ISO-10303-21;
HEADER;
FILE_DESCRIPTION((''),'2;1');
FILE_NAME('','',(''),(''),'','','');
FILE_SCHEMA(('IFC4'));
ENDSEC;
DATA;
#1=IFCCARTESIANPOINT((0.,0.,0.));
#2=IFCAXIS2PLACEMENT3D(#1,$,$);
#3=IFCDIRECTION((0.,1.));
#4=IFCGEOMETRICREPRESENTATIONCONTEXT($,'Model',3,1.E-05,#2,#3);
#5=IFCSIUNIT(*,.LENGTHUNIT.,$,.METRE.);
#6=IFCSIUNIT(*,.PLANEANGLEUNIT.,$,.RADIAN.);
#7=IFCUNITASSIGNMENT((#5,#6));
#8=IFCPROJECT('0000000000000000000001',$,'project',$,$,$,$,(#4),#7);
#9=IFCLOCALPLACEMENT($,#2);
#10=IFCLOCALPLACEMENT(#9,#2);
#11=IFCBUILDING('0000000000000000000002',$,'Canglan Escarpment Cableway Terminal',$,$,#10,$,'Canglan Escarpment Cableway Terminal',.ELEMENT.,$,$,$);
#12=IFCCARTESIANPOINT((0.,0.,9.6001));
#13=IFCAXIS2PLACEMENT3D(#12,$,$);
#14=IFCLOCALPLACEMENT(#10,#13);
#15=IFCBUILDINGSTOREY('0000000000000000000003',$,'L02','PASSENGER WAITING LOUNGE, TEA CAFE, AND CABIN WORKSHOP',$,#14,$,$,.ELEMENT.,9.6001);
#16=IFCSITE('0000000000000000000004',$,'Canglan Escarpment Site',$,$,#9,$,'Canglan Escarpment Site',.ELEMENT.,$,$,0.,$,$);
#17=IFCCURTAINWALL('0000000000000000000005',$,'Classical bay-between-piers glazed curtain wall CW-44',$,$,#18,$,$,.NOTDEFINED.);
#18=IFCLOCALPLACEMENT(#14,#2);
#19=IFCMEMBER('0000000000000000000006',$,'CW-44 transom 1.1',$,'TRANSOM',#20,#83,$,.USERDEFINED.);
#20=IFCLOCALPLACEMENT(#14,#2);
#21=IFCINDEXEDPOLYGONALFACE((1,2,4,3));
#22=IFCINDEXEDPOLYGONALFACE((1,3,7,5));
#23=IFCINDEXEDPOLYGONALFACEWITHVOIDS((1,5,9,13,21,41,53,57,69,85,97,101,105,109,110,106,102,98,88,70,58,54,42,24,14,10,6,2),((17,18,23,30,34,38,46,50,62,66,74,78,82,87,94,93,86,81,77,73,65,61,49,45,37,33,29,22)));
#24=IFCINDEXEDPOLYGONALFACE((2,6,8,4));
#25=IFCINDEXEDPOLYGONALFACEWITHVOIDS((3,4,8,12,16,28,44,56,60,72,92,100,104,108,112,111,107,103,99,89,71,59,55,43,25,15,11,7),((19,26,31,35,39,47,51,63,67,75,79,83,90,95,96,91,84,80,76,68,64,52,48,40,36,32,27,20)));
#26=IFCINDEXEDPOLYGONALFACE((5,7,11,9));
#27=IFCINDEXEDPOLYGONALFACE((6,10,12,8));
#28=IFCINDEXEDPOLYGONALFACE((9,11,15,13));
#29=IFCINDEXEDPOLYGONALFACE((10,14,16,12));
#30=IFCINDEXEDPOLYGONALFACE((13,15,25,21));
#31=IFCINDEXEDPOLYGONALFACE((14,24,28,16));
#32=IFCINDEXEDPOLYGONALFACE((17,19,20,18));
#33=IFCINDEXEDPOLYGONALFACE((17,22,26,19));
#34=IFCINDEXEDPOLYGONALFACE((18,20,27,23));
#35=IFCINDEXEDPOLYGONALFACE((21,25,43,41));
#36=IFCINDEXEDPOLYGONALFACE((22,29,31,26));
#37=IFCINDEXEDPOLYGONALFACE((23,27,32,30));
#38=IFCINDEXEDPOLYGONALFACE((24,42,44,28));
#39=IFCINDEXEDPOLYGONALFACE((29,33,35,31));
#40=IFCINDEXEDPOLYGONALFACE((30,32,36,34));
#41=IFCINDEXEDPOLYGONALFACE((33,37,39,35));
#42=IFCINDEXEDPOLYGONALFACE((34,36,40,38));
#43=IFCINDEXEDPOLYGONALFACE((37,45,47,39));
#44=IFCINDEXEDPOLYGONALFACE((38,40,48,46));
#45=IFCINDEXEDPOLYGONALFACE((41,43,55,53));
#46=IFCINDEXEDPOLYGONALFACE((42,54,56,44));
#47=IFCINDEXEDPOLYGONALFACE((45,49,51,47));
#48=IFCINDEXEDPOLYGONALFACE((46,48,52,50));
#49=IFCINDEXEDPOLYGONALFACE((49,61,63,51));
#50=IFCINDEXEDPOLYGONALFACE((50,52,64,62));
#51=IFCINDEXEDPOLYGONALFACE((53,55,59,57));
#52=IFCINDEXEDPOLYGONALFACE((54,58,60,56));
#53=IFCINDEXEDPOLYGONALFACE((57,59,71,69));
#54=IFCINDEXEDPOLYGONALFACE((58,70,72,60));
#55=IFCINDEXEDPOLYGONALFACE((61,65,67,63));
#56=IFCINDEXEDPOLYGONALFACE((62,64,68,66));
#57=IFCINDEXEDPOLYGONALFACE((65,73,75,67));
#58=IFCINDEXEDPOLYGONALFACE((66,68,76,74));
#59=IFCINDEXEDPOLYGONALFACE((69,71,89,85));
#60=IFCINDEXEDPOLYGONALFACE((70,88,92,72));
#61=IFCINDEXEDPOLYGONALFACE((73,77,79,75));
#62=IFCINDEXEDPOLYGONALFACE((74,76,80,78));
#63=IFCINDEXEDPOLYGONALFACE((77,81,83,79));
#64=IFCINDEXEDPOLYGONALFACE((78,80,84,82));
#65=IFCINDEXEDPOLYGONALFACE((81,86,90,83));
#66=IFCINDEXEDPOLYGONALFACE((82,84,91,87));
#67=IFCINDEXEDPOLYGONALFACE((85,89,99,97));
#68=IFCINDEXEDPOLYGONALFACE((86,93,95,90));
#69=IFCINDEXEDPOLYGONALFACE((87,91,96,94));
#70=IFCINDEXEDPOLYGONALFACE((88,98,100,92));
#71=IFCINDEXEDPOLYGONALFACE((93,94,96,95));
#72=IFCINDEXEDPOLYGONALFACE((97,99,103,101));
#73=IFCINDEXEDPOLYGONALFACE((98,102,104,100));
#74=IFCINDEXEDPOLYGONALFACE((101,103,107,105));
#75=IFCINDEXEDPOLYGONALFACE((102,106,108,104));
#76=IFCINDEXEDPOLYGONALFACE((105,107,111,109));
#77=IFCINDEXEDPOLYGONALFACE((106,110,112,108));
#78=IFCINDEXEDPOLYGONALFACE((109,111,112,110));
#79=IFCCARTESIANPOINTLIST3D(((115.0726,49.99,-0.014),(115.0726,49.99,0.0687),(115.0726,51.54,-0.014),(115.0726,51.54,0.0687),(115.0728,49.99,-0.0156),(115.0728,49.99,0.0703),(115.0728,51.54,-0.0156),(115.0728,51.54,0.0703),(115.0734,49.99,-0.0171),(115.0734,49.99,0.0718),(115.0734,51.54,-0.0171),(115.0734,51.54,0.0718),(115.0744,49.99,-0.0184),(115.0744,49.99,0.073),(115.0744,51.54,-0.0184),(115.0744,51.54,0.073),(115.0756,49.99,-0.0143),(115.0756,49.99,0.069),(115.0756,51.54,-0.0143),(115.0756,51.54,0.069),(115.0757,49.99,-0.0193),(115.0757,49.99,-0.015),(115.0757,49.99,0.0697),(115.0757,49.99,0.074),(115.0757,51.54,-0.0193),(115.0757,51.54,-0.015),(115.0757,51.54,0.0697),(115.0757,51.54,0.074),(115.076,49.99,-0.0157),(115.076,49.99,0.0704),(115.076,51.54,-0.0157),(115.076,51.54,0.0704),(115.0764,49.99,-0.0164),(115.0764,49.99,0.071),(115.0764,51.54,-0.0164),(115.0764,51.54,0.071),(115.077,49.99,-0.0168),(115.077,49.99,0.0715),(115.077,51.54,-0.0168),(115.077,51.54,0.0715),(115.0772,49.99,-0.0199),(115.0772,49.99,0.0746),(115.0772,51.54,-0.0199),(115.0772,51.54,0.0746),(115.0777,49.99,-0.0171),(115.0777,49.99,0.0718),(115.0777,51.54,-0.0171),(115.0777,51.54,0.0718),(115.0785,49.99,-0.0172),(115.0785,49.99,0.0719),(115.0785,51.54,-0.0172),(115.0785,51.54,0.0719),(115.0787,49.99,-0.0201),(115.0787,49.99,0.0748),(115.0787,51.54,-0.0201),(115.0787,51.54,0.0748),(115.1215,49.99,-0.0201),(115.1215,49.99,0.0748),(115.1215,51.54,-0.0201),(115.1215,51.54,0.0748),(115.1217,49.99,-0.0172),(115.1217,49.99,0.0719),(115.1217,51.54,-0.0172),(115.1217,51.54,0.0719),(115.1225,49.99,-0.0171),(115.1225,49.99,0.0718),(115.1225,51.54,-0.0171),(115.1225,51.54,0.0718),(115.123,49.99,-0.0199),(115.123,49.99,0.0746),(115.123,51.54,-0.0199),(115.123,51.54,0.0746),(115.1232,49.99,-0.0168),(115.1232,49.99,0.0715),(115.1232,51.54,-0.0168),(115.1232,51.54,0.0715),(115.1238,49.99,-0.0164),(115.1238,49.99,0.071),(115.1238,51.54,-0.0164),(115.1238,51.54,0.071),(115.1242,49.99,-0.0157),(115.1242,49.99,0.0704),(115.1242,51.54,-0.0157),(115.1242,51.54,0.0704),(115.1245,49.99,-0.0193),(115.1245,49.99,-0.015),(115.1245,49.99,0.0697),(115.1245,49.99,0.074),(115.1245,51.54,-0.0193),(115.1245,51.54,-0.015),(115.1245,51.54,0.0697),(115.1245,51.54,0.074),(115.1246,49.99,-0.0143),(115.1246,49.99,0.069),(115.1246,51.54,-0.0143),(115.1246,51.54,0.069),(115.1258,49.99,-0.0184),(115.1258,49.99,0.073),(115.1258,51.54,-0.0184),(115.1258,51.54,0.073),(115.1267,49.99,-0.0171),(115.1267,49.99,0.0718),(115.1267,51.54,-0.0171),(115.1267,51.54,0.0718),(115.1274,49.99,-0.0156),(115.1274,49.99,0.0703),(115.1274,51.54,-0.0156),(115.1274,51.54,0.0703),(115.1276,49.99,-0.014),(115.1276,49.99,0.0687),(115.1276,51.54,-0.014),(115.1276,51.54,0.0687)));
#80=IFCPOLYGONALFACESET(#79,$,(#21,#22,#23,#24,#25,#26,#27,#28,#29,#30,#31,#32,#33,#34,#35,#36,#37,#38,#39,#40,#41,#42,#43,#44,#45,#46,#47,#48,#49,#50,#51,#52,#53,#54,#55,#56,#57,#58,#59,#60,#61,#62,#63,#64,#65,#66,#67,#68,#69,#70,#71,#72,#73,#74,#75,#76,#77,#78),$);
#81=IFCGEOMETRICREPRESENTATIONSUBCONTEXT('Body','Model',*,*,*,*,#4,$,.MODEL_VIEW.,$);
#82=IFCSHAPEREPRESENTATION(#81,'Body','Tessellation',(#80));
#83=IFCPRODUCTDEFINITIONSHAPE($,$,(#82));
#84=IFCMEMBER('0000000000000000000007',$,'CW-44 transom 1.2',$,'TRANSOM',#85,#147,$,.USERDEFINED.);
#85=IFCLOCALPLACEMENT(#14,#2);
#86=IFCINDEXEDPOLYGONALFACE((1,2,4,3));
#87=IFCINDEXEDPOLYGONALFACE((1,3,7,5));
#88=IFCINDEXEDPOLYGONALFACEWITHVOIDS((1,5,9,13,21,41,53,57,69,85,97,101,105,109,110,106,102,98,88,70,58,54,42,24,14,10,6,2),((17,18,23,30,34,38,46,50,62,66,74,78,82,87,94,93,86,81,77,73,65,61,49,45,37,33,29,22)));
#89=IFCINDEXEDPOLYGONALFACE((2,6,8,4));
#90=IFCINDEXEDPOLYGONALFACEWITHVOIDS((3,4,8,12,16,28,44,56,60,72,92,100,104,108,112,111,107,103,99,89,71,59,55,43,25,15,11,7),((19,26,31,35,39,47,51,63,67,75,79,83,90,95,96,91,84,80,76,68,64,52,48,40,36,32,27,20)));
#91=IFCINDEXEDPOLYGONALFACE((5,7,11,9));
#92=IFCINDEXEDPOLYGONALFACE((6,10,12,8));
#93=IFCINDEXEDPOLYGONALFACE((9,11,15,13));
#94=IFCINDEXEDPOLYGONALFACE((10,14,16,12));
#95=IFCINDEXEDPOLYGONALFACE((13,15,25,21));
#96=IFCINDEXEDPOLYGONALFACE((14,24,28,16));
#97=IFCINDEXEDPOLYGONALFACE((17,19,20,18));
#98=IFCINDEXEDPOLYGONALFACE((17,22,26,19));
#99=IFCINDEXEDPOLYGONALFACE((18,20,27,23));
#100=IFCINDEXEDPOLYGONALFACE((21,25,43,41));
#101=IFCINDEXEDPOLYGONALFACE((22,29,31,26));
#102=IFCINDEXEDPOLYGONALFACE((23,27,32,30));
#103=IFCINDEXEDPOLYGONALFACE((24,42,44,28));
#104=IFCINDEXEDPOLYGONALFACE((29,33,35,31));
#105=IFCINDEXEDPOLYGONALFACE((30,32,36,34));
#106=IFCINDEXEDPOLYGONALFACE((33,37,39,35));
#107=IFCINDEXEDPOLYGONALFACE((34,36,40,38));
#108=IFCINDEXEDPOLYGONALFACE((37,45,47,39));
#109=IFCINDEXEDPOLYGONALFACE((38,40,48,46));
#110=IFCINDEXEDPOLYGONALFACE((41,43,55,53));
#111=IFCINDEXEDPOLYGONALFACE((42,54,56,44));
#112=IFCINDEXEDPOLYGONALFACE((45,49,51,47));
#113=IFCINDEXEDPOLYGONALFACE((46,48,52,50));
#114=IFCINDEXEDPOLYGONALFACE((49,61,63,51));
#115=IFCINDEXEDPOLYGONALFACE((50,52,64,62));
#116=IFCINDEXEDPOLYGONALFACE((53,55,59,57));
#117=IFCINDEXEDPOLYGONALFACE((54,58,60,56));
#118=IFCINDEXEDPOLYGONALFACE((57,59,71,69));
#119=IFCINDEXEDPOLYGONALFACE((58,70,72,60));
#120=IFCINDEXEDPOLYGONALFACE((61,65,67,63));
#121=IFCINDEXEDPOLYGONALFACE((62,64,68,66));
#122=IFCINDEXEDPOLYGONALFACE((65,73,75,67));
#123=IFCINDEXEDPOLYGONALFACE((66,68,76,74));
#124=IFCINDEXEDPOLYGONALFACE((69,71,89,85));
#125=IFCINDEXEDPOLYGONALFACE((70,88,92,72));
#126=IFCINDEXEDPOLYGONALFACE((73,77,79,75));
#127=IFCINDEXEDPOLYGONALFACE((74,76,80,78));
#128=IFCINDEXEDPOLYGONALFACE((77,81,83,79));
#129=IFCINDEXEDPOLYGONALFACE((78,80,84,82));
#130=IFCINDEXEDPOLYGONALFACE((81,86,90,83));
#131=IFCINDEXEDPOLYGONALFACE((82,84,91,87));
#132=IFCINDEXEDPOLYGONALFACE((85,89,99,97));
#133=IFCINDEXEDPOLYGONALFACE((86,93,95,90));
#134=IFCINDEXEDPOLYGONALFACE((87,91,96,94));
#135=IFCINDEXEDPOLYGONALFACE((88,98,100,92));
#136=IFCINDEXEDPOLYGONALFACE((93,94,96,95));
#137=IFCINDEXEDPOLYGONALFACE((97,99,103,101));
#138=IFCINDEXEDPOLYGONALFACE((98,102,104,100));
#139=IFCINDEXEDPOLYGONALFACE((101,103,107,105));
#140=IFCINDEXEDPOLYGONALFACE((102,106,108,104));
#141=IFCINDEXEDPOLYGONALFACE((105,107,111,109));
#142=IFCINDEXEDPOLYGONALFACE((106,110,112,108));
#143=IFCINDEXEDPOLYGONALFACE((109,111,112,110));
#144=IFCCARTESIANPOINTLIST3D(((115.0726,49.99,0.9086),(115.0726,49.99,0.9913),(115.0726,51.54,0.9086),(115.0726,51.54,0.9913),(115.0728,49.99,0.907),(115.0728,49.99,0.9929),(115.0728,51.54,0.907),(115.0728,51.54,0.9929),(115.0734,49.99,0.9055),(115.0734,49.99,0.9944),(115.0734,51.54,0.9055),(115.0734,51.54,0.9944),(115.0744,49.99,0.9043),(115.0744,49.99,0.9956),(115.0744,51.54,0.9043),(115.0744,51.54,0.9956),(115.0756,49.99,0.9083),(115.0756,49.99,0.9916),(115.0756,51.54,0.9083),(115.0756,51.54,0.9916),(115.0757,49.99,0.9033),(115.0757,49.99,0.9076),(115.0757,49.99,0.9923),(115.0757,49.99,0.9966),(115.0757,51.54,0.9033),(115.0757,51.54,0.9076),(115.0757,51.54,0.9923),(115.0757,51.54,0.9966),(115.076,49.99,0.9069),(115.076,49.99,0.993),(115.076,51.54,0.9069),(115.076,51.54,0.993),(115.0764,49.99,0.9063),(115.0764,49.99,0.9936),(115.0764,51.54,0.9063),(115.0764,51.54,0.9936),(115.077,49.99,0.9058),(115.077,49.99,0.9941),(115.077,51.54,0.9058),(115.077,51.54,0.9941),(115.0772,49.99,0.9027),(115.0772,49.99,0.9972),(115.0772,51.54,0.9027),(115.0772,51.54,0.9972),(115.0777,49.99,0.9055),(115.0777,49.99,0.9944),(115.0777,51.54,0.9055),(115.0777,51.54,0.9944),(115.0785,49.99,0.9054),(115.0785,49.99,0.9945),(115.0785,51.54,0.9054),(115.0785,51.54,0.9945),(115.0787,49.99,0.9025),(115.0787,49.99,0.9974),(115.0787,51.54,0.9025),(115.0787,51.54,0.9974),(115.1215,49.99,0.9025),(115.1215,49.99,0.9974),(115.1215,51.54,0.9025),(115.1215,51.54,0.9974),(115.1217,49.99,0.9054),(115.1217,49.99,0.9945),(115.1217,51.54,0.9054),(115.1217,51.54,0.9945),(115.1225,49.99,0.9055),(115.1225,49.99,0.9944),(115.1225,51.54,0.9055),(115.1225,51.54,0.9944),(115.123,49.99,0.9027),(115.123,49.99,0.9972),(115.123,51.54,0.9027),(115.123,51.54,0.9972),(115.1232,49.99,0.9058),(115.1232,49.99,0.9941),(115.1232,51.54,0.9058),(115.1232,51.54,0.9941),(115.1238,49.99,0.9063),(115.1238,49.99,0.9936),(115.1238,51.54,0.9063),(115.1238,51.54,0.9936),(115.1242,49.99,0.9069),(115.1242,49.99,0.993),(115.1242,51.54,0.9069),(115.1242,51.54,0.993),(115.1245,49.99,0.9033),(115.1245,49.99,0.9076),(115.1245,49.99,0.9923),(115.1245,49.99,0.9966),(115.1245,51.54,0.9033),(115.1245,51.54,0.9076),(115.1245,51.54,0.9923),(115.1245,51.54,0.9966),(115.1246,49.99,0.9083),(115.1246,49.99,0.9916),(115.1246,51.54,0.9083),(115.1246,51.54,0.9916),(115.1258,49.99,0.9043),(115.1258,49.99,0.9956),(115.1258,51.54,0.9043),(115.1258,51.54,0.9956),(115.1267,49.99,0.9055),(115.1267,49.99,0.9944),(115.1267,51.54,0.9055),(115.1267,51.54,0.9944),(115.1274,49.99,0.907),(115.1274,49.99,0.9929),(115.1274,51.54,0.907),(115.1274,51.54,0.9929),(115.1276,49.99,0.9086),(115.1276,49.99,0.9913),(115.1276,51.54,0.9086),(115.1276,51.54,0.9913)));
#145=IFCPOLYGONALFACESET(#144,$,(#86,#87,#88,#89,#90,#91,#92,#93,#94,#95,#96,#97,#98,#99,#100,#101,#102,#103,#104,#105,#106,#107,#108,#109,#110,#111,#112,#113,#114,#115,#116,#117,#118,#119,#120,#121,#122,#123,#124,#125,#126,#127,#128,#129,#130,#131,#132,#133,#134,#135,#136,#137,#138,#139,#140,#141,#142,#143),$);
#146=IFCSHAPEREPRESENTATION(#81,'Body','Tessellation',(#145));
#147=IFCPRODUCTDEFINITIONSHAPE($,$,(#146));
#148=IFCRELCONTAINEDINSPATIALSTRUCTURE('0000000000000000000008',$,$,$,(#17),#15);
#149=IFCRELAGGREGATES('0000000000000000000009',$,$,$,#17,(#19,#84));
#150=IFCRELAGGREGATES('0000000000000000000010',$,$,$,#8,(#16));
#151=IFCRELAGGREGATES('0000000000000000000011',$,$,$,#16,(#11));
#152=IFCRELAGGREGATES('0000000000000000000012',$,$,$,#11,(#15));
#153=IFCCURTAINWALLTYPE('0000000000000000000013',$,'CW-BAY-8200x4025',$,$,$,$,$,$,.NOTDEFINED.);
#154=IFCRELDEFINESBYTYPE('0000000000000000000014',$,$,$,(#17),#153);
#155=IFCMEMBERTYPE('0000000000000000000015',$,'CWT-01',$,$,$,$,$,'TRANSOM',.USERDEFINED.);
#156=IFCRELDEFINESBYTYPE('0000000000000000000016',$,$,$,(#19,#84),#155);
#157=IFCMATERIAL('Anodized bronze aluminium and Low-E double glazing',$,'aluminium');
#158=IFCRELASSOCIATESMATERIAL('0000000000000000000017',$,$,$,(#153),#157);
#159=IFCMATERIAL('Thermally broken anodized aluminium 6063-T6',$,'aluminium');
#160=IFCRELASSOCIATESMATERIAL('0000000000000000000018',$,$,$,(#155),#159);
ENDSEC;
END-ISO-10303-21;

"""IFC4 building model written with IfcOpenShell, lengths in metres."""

from ifc_helpers import new_model, si_unit, direction, frame, origin, origin_2d, place, context, subcontext, project, spatial, hollow_rectangle, extrude, material, material_profile, profile_set, type_object, element, aggregate, save


model = new_model("IFC4")

# Units and contexts
model_context = context("Model", 3, precision=1e-05, world=origin(), true_north=direction((0.0, 1.0)))
body_context = subcontext(model_context, "Body", "Model", "MODEL_VIEW")
ifc_project = project(units=[si_unit("LENGTHUNIT", "METRE"), si_unit("PLANEANGLEUNIT", "RADIAN")], contexts=[model_context])

# Site, building, storey
site_placement = place(None, origin())
site = spatial("IfcSite", under=ifc_project, at=site_placement, Name="Canglan Escarpment Site", LongName="Canglan Escarpment Site", CompositionType="ELEMENT", RefElevation=0.0)
building_placement = place(site_placement, origin())
building = spatial("IfcBuilding", under=site, at=building_placement, Name="Canglan Escarpment Cableway Terminal", LongName="Canglan Escarpment Cableway Terminal", CompositionType="ELEMENT")
storey_placement = place(building_placement, frame((0.0, 0.0, 9.6001)))
storey = spatial("IfcBuildingStorey", under=building, at=storey_placement, Name="L02", Description="PASSENGER WAITING LOUNGE, TEA CAFE, AND CABIN WORKSHOP", CompositionType="ELEMENT", Elevation=9.6001)

# Curtain wall
ifc_material_1 = material(Name="Anodized bronze aluminium and Low-E double glazing", Category="aluminium")
curtain_wall_type = type_object("IfcCurtainWallType", Name="CW-BAY-8200x4025", PredefinedType="NOTDEFINED", material=ifc_material_1)
curtain_wall_1_placement = place(storey_placement, origin())
curtain_wall_1 = element("IfcCurtainWall", 1, at=curtain_wall_1_placement, inside=storey, type_object=curtain_wall_type, Name="Classical bay-between-piers glazed curtain wall CW-44", PredefinedType="NOTDEFINED")
ifc_material_2 = material(Name="Thermally broken anodized aluminium 6063-T6", Category="aluminium")

# Members
ifc_material_profile_1 = material_profile(ifc_material_2, hollow_rectangle(XDim=0.0549, YDim=0.095, WallThickness=0.0029, InnerFilletRadius=0.0029, OuterFilletRadius=0.0061, at=origin_2d()), Name="ALU-TRAN 55x95x3")
ifc_profile_set_1 = profile_set([ifc_material_profile_1], Name="Thermally broken anodized aluminium 6063-T6")
member_type_1 = type_object("IfcMemberType", Name="CWT-01", ElementType="TRANSOM", PredefinedType="USERDEFINED", material=ifc_profile_set_1)
member_1_placement = place(storey_placement, frame((115.1001, 51.54, 0.0273), z_axis=(0.0, -1.0, 0.0), x_axis=(1.0, 0.0, 0.0)))
member_1 = element("IfcMember", 2, at=member_1_placement, type_object=member_type_1, Name="CW-44 transom 1.1", ObjectType="TRANSOM", PredefinedType="USERDEFINED", context=body_context, shape_type="SweptSolid", body=[
    extrude(hollow_rectangle(XDim=0.0549, YDim=0.095, WallThickness=0.0029, InnerFilletRadius=0.0029, OuterFilletRadius=0.0061, at=origin_2d()), origin(), (0.0, 0.0, 1.0), 1.55),
])
member_2_placement = place(storey_placement, frame((115.1001, 51.54, 0.95), z_axis=(0.0, -1.0, 0.0), x_axis=(1.0, 0.0, 0.0)))
member_2 = element("IfcMember", 3, at=member_2_placement, type_object=member_type_1, Name="CW-44 transom 1.2", ObjectType="TRANSOM", PredefinedType="USERDEFINED", context=body_context, shape_type="SweptSolid", body=[
    extrude(hollow_rectangle(XDim=0.0549, YDim=0.095, WallThickness=0.0029, InnerFilletRadius=0.0029, OuterFilletRadius=0.0061, at=origin_2d()), origin(), (0.0, 0.0, 1.0), 1.55),
])

aggregate(curtain_wall_1, [member_1, member_2])

save(model, "model.ifc")
